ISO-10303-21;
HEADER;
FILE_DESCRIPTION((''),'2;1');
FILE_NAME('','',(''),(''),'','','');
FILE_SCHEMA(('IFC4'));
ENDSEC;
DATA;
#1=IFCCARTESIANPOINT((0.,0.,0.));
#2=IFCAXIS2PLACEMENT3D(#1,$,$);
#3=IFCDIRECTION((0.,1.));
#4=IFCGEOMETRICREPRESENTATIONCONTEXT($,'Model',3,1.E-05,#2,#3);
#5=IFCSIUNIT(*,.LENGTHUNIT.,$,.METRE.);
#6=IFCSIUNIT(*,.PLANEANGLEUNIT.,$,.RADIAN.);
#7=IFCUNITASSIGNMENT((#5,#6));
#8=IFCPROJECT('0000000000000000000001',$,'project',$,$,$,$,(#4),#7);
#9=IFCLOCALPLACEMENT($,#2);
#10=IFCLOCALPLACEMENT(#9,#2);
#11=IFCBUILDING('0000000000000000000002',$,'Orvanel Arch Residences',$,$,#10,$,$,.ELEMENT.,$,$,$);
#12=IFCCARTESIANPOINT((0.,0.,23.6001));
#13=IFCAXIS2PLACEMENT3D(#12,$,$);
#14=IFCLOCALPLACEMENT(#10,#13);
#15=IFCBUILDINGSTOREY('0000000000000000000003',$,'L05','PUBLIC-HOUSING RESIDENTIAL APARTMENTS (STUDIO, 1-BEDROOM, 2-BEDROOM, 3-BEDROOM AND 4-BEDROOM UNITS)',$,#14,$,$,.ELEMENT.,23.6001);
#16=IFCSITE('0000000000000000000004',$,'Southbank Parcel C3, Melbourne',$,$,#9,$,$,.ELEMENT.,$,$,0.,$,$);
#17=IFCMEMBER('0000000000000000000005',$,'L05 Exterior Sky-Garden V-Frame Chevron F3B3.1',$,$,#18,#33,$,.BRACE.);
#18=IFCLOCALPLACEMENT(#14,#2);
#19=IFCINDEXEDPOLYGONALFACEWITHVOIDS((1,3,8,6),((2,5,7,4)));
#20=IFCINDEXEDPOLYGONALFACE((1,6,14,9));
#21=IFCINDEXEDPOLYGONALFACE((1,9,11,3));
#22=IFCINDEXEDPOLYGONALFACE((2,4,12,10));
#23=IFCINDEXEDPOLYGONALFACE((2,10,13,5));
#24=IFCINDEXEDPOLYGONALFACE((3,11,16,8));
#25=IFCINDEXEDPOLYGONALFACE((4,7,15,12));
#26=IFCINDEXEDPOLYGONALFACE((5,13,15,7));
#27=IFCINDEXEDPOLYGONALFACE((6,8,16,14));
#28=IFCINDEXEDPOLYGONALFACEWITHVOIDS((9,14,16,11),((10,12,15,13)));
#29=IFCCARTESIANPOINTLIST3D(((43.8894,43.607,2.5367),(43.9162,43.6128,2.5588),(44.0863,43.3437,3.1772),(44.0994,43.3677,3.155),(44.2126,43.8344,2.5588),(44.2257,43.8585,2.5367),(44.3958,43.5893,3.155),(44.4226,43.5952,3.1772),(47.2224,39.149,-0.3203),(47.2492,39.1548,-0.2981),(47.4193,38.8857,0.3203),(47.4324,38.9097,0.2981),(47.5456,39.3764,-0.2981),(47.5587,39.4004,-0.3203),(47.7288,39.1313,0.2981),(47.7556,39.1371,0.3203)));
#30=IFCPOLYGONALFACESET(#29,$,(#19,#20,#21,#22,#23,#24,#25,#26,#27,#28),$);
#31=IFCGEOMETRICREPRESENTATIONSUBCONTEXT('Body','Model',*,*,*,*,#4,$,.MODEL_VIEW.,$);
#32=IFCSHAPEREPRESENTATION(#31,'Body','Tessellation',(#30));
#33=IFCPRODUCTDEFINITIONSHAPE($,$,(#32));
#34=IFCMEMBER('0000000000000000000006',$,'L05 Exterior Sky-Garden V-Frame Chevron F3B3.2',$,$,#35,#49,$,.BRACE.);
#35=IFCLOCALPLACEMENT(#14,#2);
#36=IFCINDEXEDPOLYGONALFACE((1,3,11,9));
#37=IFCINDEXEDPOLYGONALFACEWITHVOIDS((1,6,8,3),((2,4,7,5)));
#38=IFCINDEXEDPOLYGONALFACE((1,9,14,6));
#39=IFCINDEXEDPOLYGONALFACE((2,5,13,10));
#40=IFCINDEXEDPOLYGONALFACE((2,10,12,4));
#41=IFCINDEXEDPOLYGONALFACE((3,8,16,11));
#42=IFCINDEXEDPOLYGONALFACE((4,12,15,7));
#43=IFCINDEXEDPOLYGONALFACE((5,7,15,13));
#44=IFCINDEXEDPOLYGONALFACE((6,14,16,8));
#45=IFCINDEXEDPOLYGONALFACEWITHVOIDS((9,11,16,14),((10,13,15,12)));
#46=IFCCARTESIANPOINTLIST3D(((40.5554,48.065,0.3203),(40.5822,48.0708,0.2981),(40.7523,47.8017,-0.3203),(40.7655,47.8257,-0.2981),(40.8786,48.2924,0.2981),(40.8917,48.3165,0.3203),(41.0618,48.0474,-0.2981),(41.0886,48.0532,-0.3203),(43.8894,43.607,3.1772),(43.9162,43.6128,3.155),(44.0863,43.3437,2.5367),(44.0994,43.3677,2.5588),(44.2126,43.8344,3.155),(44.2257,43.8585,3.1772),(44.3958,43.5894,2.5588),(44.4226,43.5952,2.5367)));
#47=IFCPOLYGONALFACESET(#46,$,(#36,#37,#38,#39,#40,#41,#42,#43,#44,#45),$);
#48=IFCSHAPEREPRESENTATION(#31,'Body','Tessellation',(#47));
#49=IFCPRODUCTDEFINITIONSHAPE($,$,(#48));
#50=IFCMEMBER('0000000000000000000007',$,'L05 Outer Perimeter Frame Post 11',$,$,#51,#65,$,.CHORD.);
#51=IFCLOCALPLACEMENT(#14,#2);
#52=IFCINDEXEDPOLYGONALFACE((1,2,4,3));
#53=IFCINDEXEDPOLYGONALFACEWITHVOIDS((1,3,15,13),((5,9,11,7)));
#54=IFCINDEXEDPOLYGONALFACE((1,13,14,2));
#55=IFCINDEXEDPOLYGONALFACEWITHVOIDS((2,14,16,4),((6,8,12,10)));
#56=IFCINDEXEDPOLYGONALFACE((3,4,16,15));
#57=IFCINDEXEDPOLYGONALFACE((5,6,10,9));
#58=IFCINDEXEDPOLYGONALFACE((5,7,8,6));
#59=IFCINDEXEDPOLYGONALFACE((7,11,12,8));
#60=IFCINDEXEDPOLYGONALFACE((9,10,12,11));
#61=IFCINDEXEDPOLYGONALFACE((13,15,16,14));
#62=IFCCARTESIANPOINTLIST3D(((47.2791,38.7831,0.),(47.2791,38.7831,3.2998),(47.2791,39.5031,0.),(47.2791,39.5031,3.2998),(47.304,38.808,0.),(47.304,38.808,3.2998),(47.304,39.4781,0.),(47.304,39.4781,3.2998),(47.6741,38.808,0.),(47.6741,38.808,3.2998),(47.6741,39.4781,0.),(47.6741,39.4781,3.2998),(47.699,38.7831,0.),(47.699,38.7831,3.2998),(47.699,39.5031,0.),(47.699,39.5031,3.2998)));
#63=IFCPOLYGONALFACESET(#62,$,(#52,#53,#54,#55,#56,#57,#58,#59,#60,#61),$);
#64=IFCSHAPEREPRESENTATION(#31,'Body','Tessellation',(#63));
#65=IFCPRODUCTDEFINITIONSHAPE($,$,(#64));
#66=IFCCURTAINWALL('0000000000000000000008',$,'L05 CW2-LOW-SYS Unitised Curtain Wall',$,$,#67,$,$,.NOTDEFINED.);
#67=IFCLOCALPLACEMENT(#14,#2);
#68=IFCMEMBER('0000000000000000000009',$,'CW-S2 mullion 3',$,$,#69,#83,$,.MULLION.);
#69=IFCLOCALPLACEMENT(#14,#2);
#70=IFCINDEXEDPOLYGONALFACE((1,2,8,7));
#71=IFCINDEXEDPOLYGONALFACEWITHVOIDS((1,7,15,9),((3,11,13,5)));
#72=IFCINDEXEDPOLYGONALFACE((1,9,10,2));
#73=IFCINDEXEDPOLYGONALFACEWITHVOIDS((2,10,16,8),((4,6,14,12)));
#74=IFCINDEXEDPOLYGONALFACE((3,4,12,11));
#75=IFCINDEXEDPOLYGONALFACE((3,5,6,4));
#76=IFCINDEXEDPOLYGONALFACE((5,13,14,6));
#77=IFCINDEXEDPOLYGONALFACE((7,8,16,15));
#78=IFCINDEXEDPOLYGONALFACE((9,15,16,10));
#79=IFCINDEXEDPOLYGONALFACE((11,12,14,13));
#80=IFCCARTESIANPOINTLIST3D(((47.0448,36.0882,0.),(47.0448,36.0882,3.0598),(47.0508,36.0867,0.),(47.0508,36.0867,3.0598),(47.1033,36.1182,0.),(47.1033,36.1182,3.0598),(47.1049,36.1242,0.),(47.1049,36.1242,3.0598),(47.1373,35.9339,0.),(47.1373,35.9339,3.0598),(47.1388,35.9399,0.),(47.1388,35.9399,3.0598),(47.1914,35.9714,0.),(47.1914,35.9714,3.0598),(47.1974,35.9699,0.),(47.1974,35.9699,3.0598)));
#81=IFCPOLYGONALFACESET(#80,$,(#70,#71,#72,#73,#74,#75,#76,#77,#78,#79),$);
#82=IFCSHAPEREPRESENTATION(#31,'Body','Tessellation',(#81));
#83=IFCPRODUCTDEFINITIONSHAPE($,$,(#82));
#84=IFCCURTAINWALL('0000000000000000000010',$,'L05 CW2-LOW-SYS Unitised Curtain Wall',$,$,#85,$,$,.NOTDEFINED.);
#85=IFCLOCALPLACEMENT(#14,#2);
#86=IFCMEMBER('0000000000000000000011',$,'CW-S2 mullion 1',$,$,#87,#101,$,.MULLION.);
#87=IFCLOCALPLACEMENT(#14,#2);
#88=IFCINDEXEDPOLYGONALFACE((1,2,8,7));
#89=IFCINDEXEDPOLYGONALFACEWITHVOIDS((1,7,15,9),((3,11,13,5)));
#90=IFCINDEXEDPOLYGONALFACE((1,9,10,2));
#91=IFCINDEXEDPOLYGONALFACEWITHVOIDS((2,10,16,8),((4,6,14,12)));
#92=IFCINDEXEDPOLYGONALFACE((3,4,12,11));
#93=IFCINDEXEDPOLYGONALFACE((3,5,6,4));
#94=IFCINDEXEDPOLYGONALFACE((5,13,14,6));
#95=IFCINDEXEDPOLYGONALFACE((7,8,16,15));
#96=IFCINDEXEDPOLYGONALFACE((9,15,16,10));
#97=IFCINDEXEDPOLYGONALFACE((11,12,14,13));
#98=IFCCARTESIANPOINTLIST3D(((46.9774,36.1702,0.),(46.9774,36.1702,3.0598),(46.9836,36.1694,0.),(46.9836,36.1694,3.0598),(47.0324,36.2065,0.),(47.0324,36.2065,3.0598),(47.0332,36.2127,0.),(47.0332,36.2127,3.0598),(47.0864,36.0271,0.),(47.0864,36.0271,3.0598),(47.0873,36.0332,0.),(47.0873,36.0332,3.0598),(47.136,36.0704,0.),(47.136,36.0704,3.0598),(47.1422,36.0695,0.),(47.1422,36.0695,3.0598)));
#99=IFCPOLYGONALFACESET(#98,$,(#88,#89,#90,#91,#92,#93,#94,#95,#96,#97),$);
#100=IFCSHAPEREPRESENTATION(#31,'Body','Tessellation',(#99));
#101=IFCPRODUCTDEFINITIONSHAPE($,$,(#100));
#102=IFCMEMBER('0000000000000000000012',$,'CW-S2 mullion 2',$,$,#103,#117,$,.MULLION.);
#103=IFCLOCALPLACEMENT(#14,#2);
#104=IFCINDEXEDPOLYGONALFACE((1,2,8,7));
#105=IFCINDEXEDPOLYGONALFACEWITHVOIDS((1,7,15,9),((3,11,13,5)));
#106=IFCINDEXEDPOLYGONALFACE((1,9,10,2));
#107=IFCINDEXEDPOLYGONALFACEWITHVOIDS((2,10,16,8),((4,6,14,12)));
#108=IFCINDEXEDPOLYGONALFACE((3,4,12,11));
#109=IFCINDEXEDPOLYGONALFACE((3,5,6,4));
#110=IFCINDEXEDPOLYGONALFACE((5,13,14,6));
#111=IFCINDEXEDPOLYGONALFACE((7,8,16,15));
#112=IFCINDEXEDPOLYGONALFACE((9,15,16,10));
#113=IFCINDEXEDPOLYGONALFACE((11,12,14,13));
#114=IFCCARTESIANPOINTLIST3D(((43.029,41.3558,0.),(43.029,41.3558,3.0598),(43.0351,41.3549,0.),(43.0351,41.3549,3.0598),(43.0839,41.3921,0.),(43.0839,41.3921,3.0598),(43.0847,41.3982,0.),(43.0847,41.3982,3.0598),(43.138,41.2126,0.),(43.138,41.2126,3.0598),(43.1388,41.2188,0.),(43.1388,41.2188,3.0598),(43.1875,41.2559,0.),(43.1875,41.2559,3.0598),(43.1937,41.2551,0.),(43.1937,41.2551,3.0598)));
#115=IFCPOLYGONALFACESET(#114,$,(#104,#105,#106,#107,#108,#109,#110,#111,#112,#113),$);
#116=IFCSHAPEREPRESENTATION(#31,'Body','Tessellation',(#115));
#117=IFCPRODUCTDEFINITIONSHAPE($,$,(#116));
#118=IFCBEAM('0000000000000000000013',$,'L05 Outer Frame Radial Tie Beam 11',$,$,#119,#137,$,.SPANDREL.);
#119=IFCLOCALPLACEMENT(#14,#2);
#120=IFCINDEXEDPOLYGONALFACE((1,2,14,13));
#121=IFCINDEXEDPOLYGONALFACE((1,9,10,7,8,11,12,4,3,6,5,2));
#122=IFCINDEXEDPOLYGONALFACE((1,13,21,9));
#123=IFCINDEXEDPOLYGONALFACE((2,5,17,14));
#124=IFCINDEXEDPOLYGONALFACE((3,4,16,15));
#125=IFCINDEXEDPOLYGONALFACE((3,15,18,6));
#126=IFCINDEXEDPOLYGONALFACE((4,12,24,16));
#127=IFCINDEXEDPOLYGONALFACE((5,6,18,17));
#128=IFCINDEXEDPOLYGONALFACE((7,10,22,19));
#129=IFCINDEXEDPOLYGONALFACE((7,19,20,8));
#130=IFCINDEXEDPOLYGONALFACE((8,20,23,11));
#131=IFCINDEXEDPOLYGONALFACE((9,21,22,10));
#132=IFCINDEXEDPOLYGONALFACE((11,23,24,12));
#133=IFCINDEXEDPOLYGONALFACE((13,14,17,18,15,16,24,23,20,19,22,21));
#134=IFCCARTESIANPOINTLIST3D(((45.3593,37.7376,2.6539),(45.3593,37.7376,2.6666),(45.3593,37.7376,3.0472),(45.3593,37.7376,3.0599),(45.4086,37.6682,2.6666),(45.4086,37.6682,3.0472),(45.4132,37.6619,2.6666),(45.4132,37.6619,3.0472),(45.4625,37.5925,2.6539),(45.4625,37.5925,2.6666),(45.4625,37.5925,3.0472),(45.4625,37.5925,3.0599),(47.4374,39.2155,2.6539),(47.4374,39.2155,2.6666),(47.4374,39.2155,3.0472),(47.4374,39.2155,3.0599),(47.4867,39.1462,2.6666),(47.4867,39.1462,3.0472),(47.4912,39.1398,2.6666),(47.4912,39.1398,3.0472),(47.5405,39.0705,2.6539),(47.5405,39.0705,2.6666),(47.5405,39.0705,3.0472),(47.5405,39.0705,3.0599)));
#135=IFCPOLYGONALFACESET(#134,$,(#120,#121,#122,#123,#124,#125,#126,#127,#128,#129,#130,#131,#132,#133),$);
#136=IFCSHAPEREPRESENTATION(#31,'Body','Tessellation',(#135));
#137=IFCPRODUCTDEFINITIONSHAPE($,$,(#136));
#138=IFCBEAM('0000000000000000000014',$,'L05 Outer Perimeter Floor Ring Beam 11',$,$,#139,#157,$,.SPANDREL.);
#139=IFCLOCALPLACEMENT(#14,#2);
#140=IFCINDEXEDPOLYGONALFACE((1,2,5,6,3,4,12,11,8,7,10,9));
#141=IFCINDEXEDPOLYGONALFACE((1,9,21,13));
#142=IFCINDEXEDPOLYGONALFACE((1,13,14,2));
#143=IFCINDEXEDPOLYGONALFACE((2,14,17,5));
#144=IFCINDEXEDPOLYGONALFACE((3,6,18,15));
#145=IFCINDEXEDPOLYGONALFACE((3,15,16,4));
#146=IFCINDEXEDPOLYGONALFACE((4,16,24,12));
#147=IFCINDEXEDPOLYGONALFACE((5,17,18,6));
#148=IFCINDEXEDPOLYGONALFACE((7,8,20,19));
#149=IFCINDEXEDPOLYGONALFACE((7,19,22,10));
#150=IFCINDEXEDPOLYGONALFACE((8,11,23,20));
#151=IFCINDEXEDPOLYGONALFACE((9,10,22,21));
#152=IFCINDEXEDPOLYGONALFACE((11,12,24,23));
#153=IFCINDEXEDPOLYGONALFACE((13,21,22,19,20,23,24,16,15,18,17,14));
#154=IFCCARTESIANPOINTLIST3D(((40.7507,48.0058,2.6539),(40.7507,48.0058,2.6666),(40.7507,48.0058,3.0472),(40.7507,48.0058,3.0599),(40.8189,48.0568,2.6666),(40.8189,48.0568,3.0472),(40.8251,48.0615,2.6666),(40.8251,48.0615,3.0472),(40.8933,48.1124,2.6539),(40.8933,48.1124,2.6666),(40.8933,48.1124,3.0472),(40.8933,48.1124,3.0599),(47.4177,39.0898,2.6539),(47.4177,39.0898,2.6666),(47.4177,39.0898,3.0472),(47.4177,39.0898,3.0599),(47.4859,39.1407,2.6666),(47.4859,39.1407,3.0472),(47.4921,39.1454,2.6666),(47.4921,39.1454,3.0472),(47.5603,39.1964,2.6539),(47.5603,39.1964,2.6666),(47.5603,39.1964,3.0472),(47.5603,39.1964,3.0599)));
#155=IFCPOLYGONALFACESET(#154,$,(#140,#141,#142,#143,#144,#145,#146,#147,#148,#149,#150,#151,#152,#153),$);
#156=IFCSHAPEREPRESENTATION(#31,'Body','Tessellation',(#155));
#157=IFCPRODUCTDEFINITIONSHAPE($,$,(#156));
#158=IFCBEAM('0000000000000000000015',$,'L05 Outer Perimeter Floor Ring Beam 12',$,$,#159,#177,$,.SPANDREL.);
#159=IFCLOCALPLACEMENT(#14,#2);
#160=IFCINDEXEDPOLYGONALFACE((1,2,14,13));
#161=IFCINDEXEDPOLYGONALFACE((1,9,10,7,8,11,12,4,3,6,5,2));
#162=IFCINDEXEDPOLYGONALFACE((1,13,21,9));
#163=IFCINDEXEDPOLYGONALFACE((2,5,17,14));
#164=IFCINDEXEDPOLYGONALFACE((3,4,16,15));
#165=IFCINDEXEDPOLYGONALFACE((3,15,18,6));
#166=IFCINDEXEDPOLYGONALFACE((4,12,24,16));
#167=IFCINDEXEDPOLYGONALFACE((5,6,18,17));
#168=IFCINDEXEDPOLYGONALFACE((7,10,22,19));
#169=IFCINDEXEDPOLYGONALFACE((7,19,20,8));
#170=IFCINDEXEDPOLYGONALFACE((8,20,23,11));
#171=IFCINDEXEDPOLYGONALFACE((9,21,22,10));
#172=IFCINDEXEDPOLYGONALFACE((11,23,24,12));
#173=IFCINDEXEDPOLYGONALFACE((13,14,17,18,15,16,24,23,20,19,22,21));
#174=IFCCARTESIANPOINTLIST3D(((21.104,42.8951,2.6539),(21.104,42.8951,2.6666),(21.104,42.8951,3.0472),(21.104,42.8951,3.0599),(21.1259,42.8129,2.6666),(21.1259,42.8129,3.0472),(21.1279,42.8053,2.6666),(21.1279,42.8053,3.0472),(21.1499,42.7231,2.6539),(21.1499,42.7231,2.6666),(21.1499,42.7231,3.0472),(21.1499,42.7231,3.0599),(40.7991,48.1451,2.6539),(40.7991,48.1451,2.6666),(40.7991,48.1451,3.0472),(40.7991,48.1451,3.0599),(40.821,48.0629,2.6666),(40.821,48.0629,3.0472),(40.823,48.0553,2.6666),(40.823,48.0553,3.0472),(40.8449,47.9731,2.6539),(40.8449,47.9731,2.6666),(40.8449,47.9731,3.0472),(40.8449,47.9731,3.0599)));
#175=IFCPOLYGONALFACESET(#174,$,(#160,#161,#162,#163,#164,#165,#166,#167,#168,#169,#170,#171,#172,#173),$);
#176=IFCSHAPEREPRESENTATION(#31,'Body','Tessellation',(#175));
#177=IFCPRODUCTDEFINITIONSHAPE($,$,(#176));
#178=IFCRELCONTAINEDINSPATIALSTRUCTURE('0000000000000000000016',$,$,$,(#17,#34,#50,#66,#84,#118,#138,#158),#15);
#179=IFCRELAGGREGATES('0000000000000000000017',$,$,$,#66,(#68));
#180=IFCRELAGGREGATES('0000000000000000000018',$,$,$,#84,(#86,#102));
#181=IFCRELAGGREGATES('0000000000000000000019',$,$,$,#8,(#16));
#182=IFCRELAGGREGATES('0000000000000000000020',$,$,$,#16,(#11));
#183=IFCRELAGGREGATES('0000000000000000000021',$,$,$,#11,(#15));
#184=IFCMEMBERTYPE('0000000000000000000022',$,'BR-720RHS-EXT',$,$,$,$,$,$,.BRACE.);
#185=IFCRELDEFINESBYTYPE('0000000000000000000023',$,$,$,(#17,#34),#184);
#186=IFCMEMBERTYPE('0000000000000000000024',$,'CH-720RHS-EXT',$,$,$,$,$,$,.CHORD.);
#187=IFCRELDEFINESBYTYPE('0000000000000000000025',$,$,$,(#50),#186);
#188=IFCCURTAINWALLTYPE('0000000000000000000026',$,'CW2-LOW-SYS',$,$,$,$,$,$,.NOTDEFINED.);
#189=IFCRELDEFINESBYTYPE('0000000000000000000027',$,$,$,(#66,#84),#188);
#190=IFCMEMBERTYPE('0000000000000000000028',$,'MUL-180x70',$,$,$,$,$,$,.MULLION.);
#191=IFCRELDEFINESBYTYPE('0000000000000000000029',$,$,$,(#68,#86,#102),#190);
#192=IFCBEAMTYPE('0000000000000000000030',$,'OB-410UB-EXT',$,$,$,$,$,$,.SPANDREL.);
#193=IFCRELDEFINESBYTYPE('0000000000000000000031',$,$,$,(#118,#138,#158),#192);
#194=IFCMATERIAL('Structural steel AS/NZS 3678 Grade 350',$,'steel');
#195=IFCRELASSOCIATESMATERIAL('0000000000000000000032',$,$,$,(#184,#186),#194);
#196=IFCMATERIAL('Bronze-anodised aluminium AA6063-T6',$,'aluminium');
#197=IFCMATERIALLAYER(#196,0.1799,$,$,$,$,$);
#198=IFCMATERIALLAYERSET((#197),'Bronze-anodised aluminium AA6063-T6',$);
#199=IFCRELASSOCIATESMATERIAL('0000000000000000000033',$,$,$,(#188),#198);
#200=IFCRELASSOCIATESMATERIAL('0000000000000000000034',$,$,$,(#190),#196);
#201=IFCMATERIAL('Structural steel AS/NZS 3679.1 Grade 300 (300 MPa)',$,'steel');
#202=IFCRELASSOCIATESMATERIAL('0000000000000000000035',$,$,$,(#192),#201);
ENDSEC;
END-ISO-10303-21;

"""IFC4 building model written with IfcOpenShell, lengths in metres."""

from ifc_helpers import new_model, si_unit, direction, frame, origin, origin_2d, place, context, subcontext, project, spatial, hollow_rectangle, i_section, extrude, material, layer, layer_set, material_profile, profile_set, type_object, element, aggregate, save


model = new_model("IFC4")

# Units and contexts
model_context = context("Model", 3, precision=1e-05, world=origin(), true_north=direction((0.0, 1.0)))
body_context = subcontext(model_context, "Body", "Model", "MODEL_VIEW")
ifc_project = project(units=[si_unit("LENGTHUNIT", "METRE"), si_unit("PLANEANGLEUNIT", "RADIAN")], contexts=[model_context])

# Site, building, storey
site_placement = place(None, origin())
site = spatial("IfcSite", under=ifc_project, at=site_placement, Name="Southbank Parcel C3, Melbourne", CompositionType="ELEMENT", RefElevation=0.0)
building_placement = place(site_placement, origin())
building = spatial("IfcBuilding", under=site, at=building_placement, Name="Orvanel Arch Residences", CompositionType="ELEMENT")
storey_placement = place(building_placement, frame((0.0, 0.0, 23.6001)))
storey = spatial("IfcBuildingStorey", under=building, at=storey_placement, Name="L05", Description="PUBLIC-HOUSING RESIDENTIAL APARTMENTS (STUDIO, 1-BEDROOM, 2-BEDROOM, 3-BEDROOM AND 4-BEDROOM UNITS)", CompositionType="ELEMENT", Elevation=23.6001)

# Members
ifc_material_1 = material(Name="Structural steel AS/NZS 3678 Grade 350", Category="steel")
ifc_material_profile_1 = material_profile(ifc_material_1, hollow_rectangle(XDim=0.4199, YDim=0.72, WallThickness=0.0249, at=origin_2d()), Name="RHS720x420x25")
ifc_profile_set_1 = profile_set([ifc_material_profile_1], Name="Structural steel AS/NZS 3678 Grade 350")
member_type_1 = type_object("IfcMemberType", Name="BR-720RHS-EXT", PredefinedType="BRACE", material=ifc_profile_set_1)
member_1_placement = place(storey_placement, frame((47.489, 39.1431, 0.0), z_axis=(-0.53272, 0.712531, 0.456628), x_axis=(-0.800904, -0.598792, 0.0)))
element("IfcMember", 1, at=member_1_placement, inside=storey, type_object=member_type_1, Name="L05 Exterior Sky-Garden V-Frame Chevron F3B3.1", PredefinedType="BRACE", context=body_context, shape_type="SweptSolid", body=[
    extrude(hollow_rectangle(XDim=0.4199, YDim=0.72, WallThickness=0.0249, at=origin_2d()), origin(), (0.0, 0.0, 1.0), 6.2566),
])
member_2_placement = place(storey_placement, frame((40.822, 48.0591, 0.0), z_axis=(0.532832, -0.712471, 0.45659), x_axis=(0.80082, 0.598905, 0.0)))
element("IfcMember", 2, at=member_2_placement, inside=storey, type_object=member_type_1, Name="L05 Exterior Sky-Garden V-Frame Chevron F3B3.2", PredefinedType="BRACE", context=body_context, shape_type="SweptSolid", body=[
    extrude(hollow_rectangle(XDim=0.4199, YDim=0.72, WallThickness=0.0249, at=origin_2d()), origin(), (0.0, 0.0, 1.0), 6.2571),
])
ifc_material_profile_2 = material_profile(ifc_material_1, hollow_rectangle(XDim=0.4199, YDim=0.72, WallThickness=0.0249, at=origin_2d()), Name="RHS720x420x25")
ifc_profile_set_2 = profile_set([ifc_material_profile_2], Name="Structural steel AS/NZS 3678 Grade 350")
member_type_2 = type_object("IfcMemberType", Name="CH-720RHS-EXT", PredefinedType="CHORD", material=ifc_profile_set_2)
member_3_placement = place(storey_placement, frame((47.489, 39.1431, 0.0), z_axis=(0.0, 0.0, 1.0), x_axis=(1.0, 0.0, 0.0)))
element("IfcMember", 3, at=member_3_placement, inside=storey, type_object=member_type_2, Name="L05 Outer Perimeter Frame Post 11", PredefinedType="CHORD", context=body_context, shape_type="SweptSolid", body=[
    extrude(hollow_rectangle(XDim=0.4199, YDim=0.72, WallThickness=0.0249, at=origin_2d()), origin(), (0.0, 0.0, 1.0), 3.2998),
])

# Curtain wall, member
ifc_material_2 = material(Name="Bronze-anodised aluminium AA6063-T6", Category="aluminium")
ifc_layer_1 = layer(ifc_material_2, 0.1799)
ifc_layer_set_1 = layer_set([ifc_layer_1], Name="Bronze-anodised aluminium AA6063-T6")
curtain_wall_type = type_object("IfcCurtainWallType", Name="CW2-LOW-SYS", PredefinedType="NOTDEFINED", material=ifc_layer_set_1)
curtain_wall_1_placement = place(storey_placement, origin())
curtain_wall_1 = element("IfcCurtainWall", 4, at=curtain_wall_1_placement, inside=storey, type_object=curtain_wall_type, Name="L05 CW2-LOW-SYS Unitised Curtain Wall", PredefinedType="NOTDEFINED")
ifc_material_profile_3 = material_profile(ifc_material_2, hollow_rectangle(XDim=0.0701, YDim=0.1799, WallThickness=0.0044, at=origin_2d()), Name="ALU180x70x4.5")
ifc_profile_set_3 = profile_set([ifc_material_profile_3], Name="Bronze-anodised aluminium AA6063-T6")
member_type_3 = type_object("IfcMemberType", Name="MUL-180x70", PredefinedType="MULLION", material=ifc_profile_set_3)
member_4_placement = place(storey_placement, frame((47.1211, 36.0291, 0.0), z_axis=(0.0, 0.0, 1.0), x_axis=(-0.85754, -0.514417, 0.0)))
member_4 = element("IfcMember", 5, at=member_4_placement, type_object=member_type_3, Name="CW-S2 mullion 3", PredefinedType="MULLION", context=body_context, shape_type="SweptSolid", body=[
    extrude(hollow_rectangle(XDim=0.0701, YDim=0.1799, WallThickness=0.0044, at=origin_2d()), origin(), (0.0, 0.0, 1.0), 3.0598),
])
aggregate(curtain_wall_1, [member_4])

# Curtain wall, members
curtain_wall_2_placement = place(storey_placement, origin())
curtain_wall_2 = element("IfcCurtainWall", 6, at=curtain_wall_2_placement, inside=storey, type_object=curtain_wall_type, Name="L05 CW2-LOW-SYS Unitised Curtain Wall", PredefinedType="NOTDEFINED")
member_5_placement = place(storey_placement, frame((47.0598, 36.1199, 0.0), z_axis=(0.0, 0.0, 1.0), x_axis=(-0.795608, -0.605812, 0.0)))
member_5 = element("IfcMember", 7, at=member_5_placement, type_object=member_type_3, Name="CW-S2 mullion 1", PredefinedType="MULLION", context=body_context, shape_type="SweptSolid", body=[
    extrude(hollow_rectangle(XDim=0.0701, YDim=0.1799, WallThickness=0.0044, at=origin_2d()), origin(), (0.0, 0.0, 1.0), 3.0598),
])
member_6_placement = place(storey_placement, frame((43.1113, 41.3054, 0.0), z_axis=(0.0, 0.0, 1.0), x_axis=(-0.795608, -0.605812, 0.0)))
member_6 = element("IfcMember", 8, at=member_6_placement, type_object=member_type_3, Name="CW-S2 mullion 2", PredefinedType="MULLION", context=body_context, shape_type="SweptSolid", body=[
    extrude(hollow_rectangle(XDim=0.0701, YDim=0.1799, WallThickness=0.0044, at=origin_2d()), origin(), (0.0, 0.0, 1.0), 3.0598),
])

# Beams
ifc_material_3 = material(Name="Structural steel AS/NZS 3679.1 Grade 300 (300 MPa)", Category="steel")
ifc_material_profile_4 = material_profile(ifc_material_3, i_section(OverallWidth=0.178, OverallDepth=0.406, WebThickness=0.0078, FlangeThickness=0.0127, at=origin_2d()), Name="410UB59.7")
ifc_profile_set_4 = profile_set([ifc_material_profile_4], Name="Structural steel AS/NZS 3679.1 Grade 300 (300 MPa)")
beam_type = type_object("IfcBeamType", Name="OB-410UB-EXT", PredefinedType="SPANDREL", material=ifc_profile_set_4)
beam_1_placement = place(storey_placement, frame((45.4109, 37.665, 2.8569), z_axis=(0.814909, 0.579589, 0.0), x_axis=(-0.579589, 0.814909, 0.0)))
element("IfcBeam", 9, at=beam_1_placement, inside=storey, type_object=beam_type, Name="L05 Outer Frame Radial Tie Beam 11", PredefinedType="SPANDREL", context=body_context, shape_type="SweptSolid", body=[
    extrude(i_section(OverallWidth=0.178, OverallDepth=0.406, WebThickness=0.0078, FlangeThickness=0.0127, at=origin_2d()), origin(), (0.0, 0.0, 1.0), 2.55),
])
beam_2_placement = place(storey_placement, frame((47.489, 39.1431, 2.8569), z_axis=(-0.598849, 0.800862, 0.0), x_axis=(-0.800862, -0.598849, 0.0)))
element("IfcBeam", 10, at=beam_2_placement, inside=storey, type_object=beam_type, Name="L05 Outer Perimeter Floor Ring Beam 11", PredefinedType="SPANDREL", context=body_context, shape_type="SweptSolid", body=[
    extrude(i_section(OverallWidth=0.178, OverallDepth=0.406, WebThickness=0.0078, FlangeThickness=0.0127, at=origin_2d()), origin(), (0.0, 0.0, 1.0), 11.1331),
])
beam_3_placement = place(storey_placement, frame((40.822, 48.0591, 2.8569), z_axis=(-0.96626, -0.25757, 0.0), x_axis=(0.25757, -0.96626, 0.0)))
element("IfcBeam", 11, at=beam_3_placement, inside=storey, type_object=beam_type, Name="L05 Outer Perimeter Floor Ring Beam 12", PredefinedType="SPANDREL", context=body_context, shape_type="SweptSolid", body=[
    extrude(i_section(OverallWidth=0.178, OverallDepth=0.406, WebThickness=0.0078, FlangeThickness=0.0127, at=origin_2d()), origin(), (0.0, 0.0, 1.0), 20.3828),
])

aggregate(curtain_wall_2, [member_5, member_6])

save(model, "model.ifc")
